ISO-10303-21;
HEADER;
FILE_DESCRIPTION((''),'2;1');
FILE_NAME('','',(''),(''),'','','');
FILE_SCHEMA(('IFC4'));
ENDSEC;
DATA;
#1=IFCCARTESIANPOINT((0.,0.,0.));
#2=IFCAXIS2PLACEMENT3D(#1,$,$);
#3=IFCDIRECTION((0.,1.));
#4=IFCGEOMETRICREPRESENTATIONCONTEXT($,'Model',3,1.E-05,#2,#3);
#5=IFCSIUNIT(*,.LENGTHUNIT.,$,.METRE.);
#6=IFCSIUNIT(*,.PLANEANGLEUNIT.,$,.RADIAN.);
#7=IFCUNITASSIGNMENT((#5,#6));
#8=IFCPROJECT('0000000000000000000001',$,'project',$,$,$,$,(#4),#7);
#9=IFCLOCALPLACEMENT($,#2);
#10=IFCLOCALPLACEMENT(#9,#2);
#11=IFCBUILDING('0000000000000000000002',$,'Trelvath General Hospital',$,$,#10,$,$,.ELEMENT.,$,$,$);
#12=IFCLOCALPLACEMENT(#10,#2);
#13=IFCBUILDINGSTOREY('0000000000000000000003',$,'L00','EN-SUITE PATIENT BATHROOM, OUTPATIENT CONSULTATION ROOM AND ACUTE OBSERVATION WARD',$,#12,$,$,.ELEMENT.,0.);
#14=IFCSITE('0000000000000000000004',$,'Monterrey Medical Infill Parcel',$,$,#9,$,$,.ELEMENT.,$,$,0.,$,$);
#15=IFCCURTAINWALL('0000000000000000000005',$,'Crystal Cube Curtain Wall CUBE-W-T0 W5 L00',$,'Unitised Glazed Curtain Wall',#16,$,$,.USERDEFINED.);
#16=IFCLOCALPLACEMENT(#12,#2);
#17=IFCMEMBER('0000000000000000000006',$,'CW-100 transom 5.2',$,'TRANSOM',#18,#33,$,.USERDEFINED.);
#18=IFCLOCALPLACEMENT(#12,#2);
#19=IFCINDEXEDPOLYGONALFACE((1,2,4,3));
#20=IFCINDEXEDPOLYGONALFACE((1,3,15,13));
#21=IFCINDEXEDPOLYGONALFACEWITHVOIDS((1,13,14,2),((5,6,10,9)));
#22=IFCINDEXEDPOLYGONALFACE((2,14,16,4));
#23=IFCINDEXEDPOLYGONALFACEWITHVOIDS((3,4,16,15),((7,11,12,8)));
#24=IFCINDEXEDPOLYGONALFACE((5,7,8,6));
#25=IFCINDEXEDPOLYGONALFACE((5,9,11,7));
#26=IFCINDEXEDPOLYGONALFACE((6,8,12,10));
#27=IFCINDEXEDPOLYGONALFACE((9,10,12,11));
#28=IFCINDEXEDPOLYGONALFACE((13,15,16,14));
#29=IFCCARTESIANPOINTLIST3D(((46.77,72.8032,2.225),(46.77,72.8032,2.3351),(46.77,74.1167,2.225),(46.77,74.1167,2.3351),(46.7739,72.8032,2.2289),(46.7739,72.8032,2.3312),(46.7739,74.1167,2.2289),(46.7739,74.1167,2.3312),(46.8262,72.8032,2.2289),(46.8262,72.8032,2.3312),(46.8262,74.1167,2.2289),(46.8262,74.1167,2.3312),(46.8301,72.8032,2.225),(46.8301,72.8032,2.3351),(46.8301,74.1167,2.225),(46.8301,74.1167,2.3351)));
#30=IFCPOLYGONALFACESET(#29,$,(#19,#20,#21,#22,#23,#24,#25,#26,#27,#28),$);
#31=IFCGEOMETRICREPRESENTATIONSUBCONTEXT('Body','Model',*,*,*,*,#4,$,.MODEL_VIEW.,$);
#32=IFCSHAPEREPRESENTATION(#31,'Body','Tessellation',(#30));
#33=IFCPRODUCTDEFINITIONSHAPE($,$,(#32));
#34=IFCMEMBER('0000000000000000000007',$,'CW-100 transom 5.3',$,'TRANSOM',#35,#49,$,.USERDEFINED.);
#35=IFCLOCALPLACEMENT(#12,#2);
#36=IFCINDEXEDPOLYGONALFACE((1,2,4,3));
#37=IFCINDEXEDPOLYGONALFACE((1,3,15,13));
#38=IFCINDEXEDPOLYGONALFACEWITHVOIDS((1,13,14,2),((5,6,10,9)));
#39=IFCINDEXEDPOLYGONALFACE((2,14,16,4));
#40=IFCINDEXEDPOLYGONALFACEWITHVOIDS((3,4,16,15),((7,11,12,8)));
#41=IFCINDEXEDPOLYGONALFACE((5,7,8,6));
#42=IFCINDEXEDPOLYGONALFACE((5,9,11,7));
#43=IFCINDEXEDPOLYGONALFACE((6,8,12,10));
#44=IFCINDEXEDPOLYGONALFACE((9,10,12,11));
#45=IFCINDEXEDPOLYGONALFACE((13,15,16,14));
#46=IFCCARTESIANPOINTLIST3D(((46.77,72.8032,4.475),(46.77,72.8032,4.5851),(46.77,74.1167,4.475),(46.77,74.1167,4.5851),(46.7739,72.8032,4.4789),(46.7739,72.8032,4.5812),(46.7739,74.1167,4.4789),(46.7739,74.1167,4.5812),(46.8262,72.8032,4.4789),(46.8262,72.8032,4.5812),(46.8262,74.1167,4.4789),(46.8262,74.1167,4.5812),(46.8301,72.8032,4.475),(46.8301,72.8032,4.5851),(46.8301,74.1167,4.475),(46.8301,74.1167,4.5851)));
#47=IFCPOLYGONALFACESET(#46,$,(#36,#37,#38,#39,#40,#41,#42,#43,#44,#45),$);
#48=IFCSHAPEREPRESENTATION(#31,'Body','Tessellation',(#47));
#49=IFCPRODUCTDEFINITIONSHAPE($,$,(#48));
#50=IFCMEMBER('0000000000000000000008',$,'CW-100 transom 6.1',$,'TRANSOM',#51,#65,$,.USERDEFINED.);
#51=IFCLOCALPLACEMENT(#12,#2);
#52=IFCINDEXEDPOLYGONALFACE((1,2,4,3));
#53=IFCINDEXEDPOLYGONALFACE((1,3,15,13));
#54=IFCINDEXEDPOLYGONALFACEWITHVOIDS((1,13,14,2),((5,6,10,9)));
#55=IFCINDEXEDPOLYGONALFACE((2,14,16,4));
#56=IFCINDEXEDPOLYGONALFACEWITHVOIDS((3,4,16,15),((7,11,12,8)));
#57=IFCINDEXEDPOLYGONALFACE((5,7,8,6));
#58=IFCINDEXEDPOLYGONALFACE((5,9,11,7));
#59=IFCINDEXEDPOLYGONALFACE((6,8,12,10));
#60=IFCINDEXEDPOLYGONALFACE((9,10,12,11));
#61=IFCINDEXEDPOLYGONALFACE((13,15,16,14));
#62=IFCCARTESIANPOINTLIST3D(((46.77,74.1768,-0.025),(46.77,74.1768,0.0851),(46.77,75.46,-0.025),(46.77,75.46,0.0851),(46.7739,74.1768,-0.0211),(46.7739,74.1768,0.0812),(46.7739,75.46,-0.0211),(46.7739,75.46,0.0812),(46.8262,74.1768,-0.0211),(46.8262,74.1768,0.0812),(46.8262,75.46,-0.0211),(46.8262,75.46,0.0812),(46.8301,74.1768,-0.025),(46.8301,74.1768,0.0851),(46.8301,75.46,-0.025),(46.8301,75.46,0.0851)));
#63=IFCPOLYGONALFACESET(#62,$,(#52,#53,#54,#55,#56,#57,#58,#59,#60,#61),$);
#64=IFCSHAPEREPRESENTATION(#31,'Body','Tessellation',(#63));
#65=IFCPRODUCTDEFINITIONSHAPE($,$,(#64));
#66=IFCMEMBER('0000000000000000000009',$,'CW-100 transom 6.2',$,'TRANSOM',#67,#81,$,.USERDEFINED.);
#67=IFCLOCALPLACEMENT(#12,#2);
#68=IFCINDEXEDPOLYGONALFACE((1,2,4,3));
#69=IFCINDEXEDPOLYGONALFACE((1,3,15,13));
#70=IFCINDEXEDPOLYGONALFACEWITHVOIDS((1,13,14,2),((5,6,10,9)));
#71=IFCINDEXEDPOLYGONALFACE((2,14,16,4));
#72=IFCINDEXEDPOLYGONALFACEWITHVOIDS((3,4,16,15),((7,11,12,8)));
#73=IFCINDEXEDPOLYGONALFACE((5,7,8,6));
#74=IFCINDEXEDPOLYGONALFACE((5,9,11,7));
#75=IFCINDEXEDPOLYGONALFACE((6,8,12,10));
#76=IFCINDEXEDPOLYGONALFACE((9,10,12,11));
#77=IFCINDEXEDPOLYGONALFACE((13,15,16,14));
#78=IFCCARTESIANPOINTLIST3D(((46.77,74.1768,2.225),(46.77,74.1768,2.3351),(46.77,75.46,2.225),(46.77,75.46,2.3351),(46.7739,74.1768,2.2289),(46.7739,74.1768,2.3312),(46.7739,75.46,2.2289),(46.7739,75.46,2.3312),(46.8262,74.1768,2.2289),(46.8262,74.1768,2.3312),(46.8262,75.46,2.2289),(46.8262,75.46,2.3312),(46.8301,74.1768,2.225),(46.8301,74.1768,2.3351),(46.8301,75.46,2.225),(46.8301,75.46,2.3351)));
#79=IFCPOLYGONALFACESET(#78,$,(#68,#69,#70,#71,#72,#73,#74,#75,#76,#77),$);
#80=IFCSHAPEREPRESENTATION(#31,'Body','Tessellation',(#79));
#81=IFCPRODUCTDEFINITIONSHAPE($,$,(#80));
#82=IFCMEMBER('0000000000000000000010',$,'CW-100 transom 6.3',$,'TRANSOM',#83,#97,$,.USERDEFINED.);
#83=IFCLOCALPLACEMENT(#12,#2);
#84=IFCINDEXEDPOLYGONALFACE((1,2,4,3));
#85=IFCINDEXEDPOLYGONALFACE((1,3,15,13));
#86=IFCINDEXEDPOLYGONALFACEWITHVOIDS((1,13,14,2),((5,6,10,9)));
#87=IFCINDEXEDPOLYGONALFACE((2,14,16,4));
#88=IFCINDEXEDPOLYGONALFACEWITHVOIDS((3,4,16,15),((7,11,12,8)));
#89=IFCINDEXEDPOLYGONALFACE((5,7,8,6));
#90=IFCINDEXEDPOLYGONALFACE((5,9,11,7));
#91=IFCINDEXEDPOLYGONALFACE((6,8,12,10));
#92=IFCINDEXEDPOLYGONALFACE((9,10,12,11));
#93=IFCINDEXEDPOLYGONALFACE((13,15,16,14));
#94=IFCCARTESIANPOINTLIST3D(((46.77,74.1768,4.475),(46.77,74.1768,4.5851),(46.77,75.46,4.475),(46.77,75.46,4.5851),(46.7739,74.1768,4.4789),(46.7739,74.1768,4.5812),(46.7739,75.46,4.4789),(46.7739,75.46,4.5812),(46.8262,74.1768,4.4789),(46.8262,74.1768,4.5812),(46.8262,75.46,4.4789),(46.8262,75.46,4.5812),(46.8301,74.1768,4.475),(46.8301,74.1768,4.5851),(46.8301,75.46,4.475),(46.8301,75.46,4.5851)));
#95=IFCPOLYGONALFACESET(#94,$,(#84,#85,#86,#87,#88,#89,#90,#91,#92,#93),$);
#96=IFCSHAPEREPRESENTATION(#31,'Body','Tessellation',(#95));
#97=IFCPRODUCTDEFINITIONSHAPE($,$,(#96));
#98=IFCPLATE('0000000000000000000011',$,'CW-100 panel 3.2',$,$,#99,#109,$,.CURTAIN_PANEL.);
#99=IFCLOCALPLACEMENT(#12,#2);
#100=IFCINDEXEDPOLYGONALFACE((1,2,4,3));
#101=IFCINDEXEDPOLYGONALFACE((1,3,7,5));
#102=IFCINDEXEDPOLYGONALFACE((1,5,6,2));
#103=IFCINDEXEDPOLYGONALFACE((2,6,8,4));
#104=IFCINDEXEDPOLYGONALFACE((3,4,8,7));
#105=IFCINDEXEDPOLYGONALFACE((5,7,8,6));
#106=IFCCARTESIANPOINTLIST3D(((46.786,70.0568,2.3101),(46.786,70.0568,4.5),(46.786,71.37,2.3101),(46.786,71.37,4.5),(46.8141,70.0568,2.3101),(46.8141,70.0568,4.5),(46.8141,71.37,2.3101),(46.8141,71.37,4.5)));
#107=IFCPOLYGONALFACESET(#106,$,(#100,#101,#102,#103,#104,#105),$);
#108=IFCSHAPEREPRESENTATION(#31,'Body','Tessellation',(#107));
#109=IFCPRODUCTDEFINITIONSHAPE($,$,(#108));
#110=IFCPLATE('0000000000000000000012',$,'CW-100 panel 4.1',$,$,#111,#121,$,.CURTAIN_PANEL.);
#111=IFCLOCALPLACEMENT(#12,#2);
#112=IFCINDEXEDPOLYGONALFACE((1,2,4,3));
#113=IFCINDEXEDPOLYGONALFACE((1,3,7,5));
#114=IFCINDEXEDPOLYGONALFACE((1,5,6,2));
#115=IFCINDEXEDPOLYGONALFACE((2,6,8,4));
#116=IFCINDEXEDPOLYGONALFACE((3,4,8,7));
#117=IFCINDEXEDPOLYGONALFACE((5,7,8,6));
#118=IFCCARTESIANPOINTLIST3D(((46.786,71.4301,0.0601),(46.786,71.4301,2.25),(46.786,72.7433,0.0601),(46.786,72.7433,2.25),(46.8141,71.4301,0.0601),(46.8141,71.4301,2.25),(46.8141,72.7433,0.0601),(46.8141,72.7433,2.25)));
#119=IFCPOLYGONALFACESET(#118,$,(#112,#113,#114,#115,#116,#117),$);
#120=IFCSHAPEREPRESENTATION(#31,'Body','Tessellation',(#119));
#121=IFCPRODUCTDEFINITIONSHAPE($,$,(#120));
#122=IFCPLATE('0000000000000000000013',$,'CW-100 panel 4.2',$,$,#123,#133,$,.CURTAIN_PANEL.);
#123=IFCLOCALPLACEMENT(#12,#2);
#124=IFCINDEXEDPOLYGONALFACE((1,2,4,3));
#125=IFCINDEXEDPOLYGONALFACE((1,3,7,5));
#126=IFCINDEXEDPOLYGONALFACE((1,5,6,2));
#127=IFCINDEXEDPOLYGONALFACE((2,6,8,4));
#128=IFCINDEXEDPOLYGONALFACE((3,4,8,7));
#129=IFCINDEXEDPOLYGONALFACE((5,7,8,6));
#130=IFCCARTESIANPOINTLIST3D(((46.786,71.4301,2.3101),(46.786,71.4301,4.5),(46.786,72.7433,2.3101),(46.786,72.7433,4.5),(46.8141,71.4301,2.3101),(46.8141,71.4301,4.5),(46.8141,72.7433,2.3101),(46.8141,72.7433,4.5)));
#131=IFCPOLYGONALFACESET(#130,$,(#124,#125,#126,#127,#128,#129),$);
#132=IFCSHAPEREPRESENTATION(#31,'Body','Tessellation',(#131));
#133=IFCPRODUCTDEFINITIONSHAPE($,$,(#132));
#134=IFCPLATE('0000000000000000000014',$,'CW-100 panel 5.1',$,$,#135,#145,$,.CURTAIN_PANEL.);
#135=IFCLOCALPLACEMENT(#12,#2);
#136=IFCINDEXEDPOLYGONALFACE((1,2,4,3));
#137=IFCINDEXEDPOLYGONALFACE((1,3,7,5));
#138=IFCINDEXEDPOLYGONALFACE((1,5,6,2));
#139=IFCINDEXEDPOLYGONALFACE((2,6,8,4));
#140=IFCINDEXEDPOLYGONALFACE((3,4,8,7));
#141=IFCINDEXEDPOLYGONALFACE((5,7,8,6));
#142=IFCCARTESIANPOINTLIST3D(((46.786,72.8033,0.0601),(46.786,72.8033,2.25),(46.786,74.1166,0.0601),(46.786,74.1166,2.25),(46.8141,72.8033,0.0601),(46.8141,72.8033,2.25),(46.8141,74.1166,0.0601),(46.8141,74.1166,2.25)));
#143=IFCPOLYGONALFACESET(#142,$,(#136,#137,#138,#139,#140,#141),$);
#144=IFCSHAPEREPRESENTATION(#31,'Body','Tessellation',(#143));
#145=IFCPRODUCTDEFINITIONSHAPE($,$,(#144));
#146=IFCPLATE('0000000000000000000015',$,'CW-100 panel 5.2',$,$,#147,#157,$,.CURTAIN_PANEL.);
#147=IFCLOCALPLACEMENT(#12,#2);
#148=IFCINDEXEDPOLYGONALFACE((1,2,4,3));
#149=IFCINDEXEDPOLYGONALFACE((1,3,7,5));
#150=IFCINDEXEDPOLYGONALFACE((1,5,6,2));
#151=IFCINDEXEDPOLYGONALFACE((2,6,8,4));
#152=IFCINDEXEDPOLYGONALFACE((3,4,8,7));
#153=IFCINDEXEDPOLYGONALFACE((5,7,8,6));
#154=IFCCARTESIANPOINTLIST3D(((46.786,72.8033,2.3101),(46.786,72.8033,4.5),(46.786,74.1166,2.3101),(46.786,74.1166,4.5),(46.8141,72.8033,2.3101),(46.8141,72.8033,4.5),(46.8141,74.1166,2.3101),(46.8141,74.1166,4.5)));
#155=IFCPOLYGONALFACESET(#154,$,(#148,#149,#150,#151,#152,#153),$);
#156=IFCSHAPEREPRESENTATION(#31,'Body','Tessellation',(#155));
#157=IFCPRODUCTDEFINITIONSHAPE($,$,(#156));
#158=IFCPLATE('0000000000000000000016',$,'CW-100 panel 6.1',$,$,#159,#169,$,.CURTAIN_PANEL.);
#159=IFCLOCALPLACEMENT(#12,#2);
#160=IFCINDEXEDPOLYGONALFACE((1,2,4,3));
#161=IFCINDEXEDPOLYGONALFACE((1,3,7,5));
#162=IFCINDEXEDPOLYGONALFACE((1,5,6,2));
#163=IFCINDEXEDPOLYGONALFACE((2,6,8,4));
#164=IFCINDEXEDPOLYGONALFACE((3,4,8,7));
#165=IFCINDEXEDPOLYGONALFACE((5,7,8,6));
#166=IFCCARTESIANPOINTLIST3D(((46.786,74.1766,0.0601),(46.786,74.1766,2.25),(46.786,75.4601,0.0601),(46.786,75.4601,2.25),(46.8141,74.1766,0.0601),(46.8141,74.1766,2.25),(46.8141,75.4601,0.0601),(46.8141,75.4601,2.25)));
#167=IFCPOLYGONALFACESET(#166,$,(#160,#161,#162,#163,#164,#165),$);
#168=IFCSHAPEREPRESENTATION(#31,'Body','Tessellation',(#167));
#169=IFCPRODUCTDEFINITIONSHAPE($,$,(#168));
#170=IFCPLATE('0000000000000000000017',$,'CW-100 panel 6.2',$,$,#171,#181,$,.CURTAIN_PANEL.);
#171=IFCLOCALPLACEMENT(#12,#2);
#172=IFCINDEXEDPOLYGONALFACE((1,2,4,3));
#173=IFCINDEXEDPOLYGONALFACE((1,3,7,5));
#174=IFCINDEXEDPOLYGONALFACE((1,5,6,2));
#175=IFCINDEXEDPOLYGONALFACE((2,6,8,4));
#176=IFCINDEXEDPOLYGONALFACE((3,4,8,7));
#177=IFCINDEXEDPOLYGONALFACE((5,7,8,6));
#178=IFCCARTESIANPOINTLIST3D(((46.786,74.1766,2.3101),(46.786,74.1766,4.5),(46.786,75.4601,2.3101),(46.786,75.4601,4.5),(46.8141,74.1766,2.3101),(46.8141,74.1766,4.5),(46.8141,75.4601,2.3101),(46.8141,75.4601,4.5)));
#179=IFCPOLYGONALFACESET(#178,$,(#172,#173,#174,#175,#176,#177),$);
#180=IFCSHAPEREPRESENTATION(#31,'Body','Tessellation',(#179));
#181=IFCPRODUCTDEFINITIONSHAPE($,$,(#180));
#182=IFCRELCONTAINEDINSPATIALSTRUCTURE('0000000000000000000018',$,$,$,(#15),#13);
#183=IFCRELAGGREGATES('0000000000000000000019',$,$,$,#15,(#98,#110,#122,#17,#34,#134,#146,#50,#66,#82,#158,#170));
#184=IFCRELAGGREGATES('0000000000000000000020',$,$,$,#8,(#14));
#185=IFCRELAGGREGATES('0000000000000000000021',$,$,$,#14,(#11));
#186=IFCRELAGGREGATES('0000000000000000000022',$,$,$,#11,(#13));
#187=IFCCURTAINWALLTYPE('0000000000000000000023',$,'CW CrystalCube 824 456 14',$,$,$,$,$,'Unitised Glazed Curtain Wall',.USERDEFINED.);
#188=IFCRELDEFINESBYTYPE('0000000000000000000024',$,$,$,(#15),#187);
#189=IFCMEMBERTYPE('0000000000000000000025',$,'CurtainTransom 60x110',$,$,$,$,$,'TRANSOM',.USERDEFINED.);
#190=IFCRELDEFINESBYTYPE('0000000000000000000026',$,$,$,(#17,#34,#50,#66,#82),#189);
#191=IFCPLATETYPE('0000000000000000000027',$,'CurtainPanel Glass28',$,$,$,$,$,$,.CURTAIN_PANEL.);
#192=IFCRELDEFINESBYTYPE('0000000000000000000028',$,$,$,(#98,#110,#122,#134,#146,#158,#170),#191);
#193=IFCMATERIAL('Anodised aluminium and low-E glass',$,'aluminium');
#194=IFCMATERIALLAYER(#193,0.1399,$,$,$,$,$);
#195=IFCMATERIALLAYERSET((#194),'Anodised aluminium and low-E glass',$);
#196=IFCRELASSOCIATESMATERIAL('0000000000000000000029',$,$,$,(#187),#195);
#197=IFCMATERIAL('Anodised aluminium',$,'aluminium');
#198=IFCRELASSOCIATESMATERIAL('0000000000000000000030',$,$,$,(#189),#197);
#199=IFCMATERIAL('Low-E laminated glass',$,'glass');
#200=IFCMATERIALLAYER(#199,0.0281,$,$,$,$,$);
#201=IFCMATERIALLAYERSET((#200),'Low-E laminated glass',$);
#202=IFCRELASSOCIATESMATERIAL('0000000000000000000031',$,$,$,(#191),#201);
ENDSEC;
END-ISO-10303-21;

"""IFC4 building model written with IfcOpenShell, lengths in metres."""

from ifc_helpers import new_model, si_unit, direction, frame, origin, origin_2d, place, context, subcontext, project, spatial, rectangle, hollow_rectangle, extrude, material, layer, layer_set, material_profile, profile_set, type_object, element, aggregate, save


model = new_model("IFC4")

# Units and contexts
model_context = context("Model", 3, precision=1e-05, world=origin(), true_north=direction((0.0, 1.0)))
body_context = subcontext(model_context, "Body", "Model", "MODEL_VIEW")
ifc_project = project(units=[si_unit("LENGTHUNIT", "METRE"), si_unit("PLANEANGLEUNIT", "RADIAN")], contexts=[model_context])

# Site, building, storey
site_placement = place(None, origin())
site = spatial("IfcSite", under=ifc_project, at=site_placement, Name="Monterrey Medical Infill Parcel", CompositionType="ELEMENT", RefElevation=0.0)
building_placement = place(site_placement, origin())
building = spatial("IfcBuilding", under=site, at=building_placement, Name="Trelvath General Hospital", CompositionType="ELEMENT")
storey_placement = place(building_placement, origin())
storey = spatial("IfcBuildingStorey", under=building, at=storey_placement, Name="L00", Description="EN-SUITE PATIENT BATHROOM, OUTPATIENT CONSULTATION ROOM AND ACUTE OBSERVATION WARD", CompositionType="ELEMENT", Elevation=0.0)

# Curtain wall, members, plates
ifc_material_1 = material(Name="Anodised aluminium and low-E glass", Category="aluminium")
ifc_layer_1 = layer(ifc_material_1, 0.1399)
ifc_layer_set_1 = layer_set([ifc_layer_1], Name="Anodised aluminium and low-E glass")
curtain_wall_type = type_object("IfcCurtainWallType", Name="CW CrystalCube 824 456 14", ElementType="Unitised Glazed Curtain Wall", PredefinedType="USERDEFINED", material=ifc_layer_set_1)
curtain_wall_placement = place(storey_placement, origin())
curtain_wall = element("IfcCurtainWall", 1, at=curtain_wall_placement, inside=storey, type_object=curtain_wall_type, Name="Crystal Cube Curtain Wall CUBE-W-T0 W5 L00", ObjectType="Unitised Glazed Curtain Wall", PredefinedType="USERDEFINED")
ifc_material_2 = material(Name="Anodised aluminium", Category="aluminium")
ifc_material_profile_1 = material_profile(ifc_material_2, hollow_rectangle(XDim=0.0601, YDim=0.1101, WallThickness=0.0039, at=origin_2d()), Name="RHS60x110x4")
ifc_profile_set_1 = profile_set([ifc_material_profile_1], Name="Anodised aluminium")
member_type_1 = type_object("IfcMemberType", Name="CurtainTransom 60x110", ElementType="TRANSOM", PredefinedType="USERDEFINED", material=ifc_profile_set_1)
member_1_placement = place(storey_placement, frame((46.8, 72.8032, 2.28), z_axis=(0.0, 1.0, 0.0), x_axis=(-1.0, 0.0, 0.0)))
member_1 = element("IfcMember", 2, at=member_1_placement, type_object=member_type_1, Name="CW-100 transom 5.2", ObjectType="TRANSOM", PredefinedType="USERDEFINED", context=body_context, shape_type="SweptSolid", body=[
    extrude(hollow_rectangle(XDim=0.0601, YDim=0.1101, WallThickness=0.0039, at=origin_2d()), origin(), (0.0, 0.0, 1.0), 1.3135),
])
member_2_placement = place(storey_placement, frame((46.8, 72.8032, 4.53), z_axis=(0.0, 1.0, 0.0), x_axis=(-1.0, 0.0, 0.0)))
member_2 = element("IfcMember", 3, at=member_2_placement, type_object=member_type_1, Name="CW-100 transom 5.3", ObjectType="TRANSOM", PredefinedType="USERDEFINED", context=body_context, shape_type="SweptSolid", body=[
    extrude(hollow_rectangle(XDim=0.0601, YDim=0.1101, WallThickness=0.0039, at=origin_2d()), origin(), (0.0, 0.0, 1.0), 1.3135),
])
member_3_placement = place(storey_placement, frame((46.8, 74.1768, 0.03), z_axis=(0.0, 1.0, 0.0), x_axis=(-1.0, 0.0, 0.0)))
member_3 = element("IfcMember", 4, at=member_3_placement, type_object=member_type_1, Name="CW-100 transom 6.1", ObjectType="TRANSOM", PredefinedType="USERDEFINED", context=body_context, shape_type="SweptSolid", body=[
    extrude(hollow_rectangle(XDim=0.0601, YDim=0.1101, WallThickness=0.0039, at=origin_2d()), origin(), (0.0, 0.0, 1.0), 1.2832),
])
member_4_placement = place(storey_placement, frame((46.8, 74.1768, 2.28), z_axis=(0.0, 1.0, 0.0), x_axis=(-1.0, 0.0, 0.0)))
member_4 = element("IfcMember", 5, at=member_4_placement, type_object=member_type_1, Name="CW-100 transom 6.2", ObjectType="TRANSOM", PredefinedType="USERDEFINED", context=body_context, shape_type="SweptSolid", body=[
    extrude(hollow_rectangle(XDim=0.0601, YDim=0.1101, WallThickness=0.0039, at=origin_2d()), origin(), (0.0, 0.0, 1.0), 1.2832),
])
member_5_placement = place(storey_placement, frame((46.8, 74.1768, 4.53), z_axis=(0.0, 1.0, 0.0), x_axis=(-1.0, 0.0, 0.0)))
member_5 = element("IfcMember", 6, at=member_5_placement, type_object=member_type_1, Name="CW-100 transom 6.3", ObjectType="TRANSOM", PredefinedType="USERDEFINED", context=body_context, shape_type="SweptSolid", body=[
    extrude(hollow_rectangle(XDim=0.0601, YDim=0.1101, WallThickness=0.0039, at=origin_2d()), origin(), (0.0, 0.0, 1.0), 1.2832),
])
ifc_material_3 = material(Name="Low-E laminated glass", Category="glass")
ifc_layer_2 = layer(ifc_material_3, 0.0281)
ifc_layer_set_2 = layer_set([ifc_layer_2], Name="Low-E laminated glass")
plate_type = type_object("IfcPlateType", Name="CurtainPanel Glass28", PredefinedType="CURTAIN_PANEL", material=ifc_layer_set_2)
plate_1_placement = place(storey_placement, frame((46.8, 70.7134, 2.3101), z_axis=(0.0, 0.0, 1.0), x_axis=(0.0, 1.0, 0.0)))
plate_1 = element("IfcPlate", 7, at=plate_1_placement, type_object=plate_type, Name="CW-100 panel 3.2", PredefinedType="CURTAIN_PANEL", context=body_context, shape_type="SweptSolid", body=[
    extrude(rectangle(XDim=1.3132, YDim=0.0281, at=origin_2d()), origin(), (0.0, 0.0, 1.0), 2.1899),
])
plate_2_placement = place(storey_placement, frame((46.8, 72.0867, 0.0601), z_axis=(0.0, 0.0, 1.0), x_axis=(0.0, 1.0, 0.0)))
plate_2 = element("IfcPlate", 8, at=plate_2_placement, type_object=plate_type, Name="CW-100 panel 4.1", PredefinedType="CURTAIN_PANEL", context=body_context, shape_type="SweptSolid", body=[
    extrude(rectangle(XDim=1.3132, YDim=0.0281, at=origin_2d()), origin(), (0.0, 0.0, 1.0), 2.1899),
])
plate_3_placement = place(storey_placement, frame((46.8, 72.0867, 2.3101), z_axis=(0.0, 0.0, 1.0), x_axis=(0.0, 1.0, 0.0)))
plate_3 = element("IfcPlate", 9, at=plate_3_placement, type_object=plate_type, Name="CW-100 panel 4.2", PredefinedType="CURTAIN_PANEL", context=body_context, shape_type="SweptSolid", body=[
    extrude(rectangle(XDim=1.3132, YDim=0.0281, at=origin_2d()), origin(), (0.0, 0.0, 1.0), 2.1899),
])
plate_4_placement = place(storey_placement, frame((46.8, 73.46, 0.0601), z_axis=(0.0, 0.0, 1.0), x_axis=(0.0, 1.0, 0.0)))
plate_4 = element("IfcPlate", 10, at=plate_4_placement, type_object=plate_type, Name="CW-100 panel 5.1", PredefinedType="CURTAIN_PANEL", context=body_context, shape_type="SweptSolid", body=[
    extrude(rectangle(XDim=1.3132, YDim=0.0281, at=origin_2d()), origin(), (0.0, 0.0, 1.0), 2.1899),
])
plate_5_placement = place(storey_placement, frame((46.8, 73.46, 2.3101), z_axis=(0.0, 0.0, 1.0), x_axis=(0.0, 1.0, 0.0)))
plate_5 = element("IfcPlate", 11, at=plate_5_placement, type_object=plate_type, Name="CW-100 panel 5.2", PredefinedType="CURTAIN_PANEL", context=body_context, shape_type="SweptSolid", body=[
    extrude(rectangle(XDim=1.3132, YDim=0.0281, at=origin_2d()), origin(), (0.0, 0.0, 1.0), 2.1899),
])
plate_6_placement = place(storey_placement, frame((46.8, 74.8184, 0.0601), z_axis=(0.0, 0.0, 1.0), x_axis=(0.0, 1.0, 0.0)))
plate_6 = element("IfcPlate", 12, at=plate_6_placement, type_object=plate_type, Name="CW-100 panel 6.1", PredefinedType="CURTAIN_PANEL", context=body_context, shape_type="SweptSolid", body=[
    extrude(rectangle(XDim=1.2834, YDim=0.0281, at=origin_2d()), origin(), (0.0, 0.0, 1.0), 2.1899),
])
plate_7_placement = place(storey_placement, frame((46.8, 74.8184, 2.3101), z_axis=(0.0, 0.0, 1.0), x_axis=(0.0, 1.0, 0.0)))
plate_7 = element("IfcPlate", 13, at=plate_7_placement, type_object=plate_type, Name="CW-100 panel 6.2", PredefinedType="CURTAIN_PANEL", context=body_context, shape_type="SweptSolid", body=[
    extrude(rectangle(XDim=1.2834, YDim=0.0281, at=origin_2d()), origin(), (0.0, 0.0, 1.0), 2.1899),
])
aggregate(curtain_wall, [plate_1, plate_2, plate_3, member_1, member_2, plate_4, plate_5, member_3, member_4, member_5, plate_6, plate_7])

save(model, "model.ifc")
